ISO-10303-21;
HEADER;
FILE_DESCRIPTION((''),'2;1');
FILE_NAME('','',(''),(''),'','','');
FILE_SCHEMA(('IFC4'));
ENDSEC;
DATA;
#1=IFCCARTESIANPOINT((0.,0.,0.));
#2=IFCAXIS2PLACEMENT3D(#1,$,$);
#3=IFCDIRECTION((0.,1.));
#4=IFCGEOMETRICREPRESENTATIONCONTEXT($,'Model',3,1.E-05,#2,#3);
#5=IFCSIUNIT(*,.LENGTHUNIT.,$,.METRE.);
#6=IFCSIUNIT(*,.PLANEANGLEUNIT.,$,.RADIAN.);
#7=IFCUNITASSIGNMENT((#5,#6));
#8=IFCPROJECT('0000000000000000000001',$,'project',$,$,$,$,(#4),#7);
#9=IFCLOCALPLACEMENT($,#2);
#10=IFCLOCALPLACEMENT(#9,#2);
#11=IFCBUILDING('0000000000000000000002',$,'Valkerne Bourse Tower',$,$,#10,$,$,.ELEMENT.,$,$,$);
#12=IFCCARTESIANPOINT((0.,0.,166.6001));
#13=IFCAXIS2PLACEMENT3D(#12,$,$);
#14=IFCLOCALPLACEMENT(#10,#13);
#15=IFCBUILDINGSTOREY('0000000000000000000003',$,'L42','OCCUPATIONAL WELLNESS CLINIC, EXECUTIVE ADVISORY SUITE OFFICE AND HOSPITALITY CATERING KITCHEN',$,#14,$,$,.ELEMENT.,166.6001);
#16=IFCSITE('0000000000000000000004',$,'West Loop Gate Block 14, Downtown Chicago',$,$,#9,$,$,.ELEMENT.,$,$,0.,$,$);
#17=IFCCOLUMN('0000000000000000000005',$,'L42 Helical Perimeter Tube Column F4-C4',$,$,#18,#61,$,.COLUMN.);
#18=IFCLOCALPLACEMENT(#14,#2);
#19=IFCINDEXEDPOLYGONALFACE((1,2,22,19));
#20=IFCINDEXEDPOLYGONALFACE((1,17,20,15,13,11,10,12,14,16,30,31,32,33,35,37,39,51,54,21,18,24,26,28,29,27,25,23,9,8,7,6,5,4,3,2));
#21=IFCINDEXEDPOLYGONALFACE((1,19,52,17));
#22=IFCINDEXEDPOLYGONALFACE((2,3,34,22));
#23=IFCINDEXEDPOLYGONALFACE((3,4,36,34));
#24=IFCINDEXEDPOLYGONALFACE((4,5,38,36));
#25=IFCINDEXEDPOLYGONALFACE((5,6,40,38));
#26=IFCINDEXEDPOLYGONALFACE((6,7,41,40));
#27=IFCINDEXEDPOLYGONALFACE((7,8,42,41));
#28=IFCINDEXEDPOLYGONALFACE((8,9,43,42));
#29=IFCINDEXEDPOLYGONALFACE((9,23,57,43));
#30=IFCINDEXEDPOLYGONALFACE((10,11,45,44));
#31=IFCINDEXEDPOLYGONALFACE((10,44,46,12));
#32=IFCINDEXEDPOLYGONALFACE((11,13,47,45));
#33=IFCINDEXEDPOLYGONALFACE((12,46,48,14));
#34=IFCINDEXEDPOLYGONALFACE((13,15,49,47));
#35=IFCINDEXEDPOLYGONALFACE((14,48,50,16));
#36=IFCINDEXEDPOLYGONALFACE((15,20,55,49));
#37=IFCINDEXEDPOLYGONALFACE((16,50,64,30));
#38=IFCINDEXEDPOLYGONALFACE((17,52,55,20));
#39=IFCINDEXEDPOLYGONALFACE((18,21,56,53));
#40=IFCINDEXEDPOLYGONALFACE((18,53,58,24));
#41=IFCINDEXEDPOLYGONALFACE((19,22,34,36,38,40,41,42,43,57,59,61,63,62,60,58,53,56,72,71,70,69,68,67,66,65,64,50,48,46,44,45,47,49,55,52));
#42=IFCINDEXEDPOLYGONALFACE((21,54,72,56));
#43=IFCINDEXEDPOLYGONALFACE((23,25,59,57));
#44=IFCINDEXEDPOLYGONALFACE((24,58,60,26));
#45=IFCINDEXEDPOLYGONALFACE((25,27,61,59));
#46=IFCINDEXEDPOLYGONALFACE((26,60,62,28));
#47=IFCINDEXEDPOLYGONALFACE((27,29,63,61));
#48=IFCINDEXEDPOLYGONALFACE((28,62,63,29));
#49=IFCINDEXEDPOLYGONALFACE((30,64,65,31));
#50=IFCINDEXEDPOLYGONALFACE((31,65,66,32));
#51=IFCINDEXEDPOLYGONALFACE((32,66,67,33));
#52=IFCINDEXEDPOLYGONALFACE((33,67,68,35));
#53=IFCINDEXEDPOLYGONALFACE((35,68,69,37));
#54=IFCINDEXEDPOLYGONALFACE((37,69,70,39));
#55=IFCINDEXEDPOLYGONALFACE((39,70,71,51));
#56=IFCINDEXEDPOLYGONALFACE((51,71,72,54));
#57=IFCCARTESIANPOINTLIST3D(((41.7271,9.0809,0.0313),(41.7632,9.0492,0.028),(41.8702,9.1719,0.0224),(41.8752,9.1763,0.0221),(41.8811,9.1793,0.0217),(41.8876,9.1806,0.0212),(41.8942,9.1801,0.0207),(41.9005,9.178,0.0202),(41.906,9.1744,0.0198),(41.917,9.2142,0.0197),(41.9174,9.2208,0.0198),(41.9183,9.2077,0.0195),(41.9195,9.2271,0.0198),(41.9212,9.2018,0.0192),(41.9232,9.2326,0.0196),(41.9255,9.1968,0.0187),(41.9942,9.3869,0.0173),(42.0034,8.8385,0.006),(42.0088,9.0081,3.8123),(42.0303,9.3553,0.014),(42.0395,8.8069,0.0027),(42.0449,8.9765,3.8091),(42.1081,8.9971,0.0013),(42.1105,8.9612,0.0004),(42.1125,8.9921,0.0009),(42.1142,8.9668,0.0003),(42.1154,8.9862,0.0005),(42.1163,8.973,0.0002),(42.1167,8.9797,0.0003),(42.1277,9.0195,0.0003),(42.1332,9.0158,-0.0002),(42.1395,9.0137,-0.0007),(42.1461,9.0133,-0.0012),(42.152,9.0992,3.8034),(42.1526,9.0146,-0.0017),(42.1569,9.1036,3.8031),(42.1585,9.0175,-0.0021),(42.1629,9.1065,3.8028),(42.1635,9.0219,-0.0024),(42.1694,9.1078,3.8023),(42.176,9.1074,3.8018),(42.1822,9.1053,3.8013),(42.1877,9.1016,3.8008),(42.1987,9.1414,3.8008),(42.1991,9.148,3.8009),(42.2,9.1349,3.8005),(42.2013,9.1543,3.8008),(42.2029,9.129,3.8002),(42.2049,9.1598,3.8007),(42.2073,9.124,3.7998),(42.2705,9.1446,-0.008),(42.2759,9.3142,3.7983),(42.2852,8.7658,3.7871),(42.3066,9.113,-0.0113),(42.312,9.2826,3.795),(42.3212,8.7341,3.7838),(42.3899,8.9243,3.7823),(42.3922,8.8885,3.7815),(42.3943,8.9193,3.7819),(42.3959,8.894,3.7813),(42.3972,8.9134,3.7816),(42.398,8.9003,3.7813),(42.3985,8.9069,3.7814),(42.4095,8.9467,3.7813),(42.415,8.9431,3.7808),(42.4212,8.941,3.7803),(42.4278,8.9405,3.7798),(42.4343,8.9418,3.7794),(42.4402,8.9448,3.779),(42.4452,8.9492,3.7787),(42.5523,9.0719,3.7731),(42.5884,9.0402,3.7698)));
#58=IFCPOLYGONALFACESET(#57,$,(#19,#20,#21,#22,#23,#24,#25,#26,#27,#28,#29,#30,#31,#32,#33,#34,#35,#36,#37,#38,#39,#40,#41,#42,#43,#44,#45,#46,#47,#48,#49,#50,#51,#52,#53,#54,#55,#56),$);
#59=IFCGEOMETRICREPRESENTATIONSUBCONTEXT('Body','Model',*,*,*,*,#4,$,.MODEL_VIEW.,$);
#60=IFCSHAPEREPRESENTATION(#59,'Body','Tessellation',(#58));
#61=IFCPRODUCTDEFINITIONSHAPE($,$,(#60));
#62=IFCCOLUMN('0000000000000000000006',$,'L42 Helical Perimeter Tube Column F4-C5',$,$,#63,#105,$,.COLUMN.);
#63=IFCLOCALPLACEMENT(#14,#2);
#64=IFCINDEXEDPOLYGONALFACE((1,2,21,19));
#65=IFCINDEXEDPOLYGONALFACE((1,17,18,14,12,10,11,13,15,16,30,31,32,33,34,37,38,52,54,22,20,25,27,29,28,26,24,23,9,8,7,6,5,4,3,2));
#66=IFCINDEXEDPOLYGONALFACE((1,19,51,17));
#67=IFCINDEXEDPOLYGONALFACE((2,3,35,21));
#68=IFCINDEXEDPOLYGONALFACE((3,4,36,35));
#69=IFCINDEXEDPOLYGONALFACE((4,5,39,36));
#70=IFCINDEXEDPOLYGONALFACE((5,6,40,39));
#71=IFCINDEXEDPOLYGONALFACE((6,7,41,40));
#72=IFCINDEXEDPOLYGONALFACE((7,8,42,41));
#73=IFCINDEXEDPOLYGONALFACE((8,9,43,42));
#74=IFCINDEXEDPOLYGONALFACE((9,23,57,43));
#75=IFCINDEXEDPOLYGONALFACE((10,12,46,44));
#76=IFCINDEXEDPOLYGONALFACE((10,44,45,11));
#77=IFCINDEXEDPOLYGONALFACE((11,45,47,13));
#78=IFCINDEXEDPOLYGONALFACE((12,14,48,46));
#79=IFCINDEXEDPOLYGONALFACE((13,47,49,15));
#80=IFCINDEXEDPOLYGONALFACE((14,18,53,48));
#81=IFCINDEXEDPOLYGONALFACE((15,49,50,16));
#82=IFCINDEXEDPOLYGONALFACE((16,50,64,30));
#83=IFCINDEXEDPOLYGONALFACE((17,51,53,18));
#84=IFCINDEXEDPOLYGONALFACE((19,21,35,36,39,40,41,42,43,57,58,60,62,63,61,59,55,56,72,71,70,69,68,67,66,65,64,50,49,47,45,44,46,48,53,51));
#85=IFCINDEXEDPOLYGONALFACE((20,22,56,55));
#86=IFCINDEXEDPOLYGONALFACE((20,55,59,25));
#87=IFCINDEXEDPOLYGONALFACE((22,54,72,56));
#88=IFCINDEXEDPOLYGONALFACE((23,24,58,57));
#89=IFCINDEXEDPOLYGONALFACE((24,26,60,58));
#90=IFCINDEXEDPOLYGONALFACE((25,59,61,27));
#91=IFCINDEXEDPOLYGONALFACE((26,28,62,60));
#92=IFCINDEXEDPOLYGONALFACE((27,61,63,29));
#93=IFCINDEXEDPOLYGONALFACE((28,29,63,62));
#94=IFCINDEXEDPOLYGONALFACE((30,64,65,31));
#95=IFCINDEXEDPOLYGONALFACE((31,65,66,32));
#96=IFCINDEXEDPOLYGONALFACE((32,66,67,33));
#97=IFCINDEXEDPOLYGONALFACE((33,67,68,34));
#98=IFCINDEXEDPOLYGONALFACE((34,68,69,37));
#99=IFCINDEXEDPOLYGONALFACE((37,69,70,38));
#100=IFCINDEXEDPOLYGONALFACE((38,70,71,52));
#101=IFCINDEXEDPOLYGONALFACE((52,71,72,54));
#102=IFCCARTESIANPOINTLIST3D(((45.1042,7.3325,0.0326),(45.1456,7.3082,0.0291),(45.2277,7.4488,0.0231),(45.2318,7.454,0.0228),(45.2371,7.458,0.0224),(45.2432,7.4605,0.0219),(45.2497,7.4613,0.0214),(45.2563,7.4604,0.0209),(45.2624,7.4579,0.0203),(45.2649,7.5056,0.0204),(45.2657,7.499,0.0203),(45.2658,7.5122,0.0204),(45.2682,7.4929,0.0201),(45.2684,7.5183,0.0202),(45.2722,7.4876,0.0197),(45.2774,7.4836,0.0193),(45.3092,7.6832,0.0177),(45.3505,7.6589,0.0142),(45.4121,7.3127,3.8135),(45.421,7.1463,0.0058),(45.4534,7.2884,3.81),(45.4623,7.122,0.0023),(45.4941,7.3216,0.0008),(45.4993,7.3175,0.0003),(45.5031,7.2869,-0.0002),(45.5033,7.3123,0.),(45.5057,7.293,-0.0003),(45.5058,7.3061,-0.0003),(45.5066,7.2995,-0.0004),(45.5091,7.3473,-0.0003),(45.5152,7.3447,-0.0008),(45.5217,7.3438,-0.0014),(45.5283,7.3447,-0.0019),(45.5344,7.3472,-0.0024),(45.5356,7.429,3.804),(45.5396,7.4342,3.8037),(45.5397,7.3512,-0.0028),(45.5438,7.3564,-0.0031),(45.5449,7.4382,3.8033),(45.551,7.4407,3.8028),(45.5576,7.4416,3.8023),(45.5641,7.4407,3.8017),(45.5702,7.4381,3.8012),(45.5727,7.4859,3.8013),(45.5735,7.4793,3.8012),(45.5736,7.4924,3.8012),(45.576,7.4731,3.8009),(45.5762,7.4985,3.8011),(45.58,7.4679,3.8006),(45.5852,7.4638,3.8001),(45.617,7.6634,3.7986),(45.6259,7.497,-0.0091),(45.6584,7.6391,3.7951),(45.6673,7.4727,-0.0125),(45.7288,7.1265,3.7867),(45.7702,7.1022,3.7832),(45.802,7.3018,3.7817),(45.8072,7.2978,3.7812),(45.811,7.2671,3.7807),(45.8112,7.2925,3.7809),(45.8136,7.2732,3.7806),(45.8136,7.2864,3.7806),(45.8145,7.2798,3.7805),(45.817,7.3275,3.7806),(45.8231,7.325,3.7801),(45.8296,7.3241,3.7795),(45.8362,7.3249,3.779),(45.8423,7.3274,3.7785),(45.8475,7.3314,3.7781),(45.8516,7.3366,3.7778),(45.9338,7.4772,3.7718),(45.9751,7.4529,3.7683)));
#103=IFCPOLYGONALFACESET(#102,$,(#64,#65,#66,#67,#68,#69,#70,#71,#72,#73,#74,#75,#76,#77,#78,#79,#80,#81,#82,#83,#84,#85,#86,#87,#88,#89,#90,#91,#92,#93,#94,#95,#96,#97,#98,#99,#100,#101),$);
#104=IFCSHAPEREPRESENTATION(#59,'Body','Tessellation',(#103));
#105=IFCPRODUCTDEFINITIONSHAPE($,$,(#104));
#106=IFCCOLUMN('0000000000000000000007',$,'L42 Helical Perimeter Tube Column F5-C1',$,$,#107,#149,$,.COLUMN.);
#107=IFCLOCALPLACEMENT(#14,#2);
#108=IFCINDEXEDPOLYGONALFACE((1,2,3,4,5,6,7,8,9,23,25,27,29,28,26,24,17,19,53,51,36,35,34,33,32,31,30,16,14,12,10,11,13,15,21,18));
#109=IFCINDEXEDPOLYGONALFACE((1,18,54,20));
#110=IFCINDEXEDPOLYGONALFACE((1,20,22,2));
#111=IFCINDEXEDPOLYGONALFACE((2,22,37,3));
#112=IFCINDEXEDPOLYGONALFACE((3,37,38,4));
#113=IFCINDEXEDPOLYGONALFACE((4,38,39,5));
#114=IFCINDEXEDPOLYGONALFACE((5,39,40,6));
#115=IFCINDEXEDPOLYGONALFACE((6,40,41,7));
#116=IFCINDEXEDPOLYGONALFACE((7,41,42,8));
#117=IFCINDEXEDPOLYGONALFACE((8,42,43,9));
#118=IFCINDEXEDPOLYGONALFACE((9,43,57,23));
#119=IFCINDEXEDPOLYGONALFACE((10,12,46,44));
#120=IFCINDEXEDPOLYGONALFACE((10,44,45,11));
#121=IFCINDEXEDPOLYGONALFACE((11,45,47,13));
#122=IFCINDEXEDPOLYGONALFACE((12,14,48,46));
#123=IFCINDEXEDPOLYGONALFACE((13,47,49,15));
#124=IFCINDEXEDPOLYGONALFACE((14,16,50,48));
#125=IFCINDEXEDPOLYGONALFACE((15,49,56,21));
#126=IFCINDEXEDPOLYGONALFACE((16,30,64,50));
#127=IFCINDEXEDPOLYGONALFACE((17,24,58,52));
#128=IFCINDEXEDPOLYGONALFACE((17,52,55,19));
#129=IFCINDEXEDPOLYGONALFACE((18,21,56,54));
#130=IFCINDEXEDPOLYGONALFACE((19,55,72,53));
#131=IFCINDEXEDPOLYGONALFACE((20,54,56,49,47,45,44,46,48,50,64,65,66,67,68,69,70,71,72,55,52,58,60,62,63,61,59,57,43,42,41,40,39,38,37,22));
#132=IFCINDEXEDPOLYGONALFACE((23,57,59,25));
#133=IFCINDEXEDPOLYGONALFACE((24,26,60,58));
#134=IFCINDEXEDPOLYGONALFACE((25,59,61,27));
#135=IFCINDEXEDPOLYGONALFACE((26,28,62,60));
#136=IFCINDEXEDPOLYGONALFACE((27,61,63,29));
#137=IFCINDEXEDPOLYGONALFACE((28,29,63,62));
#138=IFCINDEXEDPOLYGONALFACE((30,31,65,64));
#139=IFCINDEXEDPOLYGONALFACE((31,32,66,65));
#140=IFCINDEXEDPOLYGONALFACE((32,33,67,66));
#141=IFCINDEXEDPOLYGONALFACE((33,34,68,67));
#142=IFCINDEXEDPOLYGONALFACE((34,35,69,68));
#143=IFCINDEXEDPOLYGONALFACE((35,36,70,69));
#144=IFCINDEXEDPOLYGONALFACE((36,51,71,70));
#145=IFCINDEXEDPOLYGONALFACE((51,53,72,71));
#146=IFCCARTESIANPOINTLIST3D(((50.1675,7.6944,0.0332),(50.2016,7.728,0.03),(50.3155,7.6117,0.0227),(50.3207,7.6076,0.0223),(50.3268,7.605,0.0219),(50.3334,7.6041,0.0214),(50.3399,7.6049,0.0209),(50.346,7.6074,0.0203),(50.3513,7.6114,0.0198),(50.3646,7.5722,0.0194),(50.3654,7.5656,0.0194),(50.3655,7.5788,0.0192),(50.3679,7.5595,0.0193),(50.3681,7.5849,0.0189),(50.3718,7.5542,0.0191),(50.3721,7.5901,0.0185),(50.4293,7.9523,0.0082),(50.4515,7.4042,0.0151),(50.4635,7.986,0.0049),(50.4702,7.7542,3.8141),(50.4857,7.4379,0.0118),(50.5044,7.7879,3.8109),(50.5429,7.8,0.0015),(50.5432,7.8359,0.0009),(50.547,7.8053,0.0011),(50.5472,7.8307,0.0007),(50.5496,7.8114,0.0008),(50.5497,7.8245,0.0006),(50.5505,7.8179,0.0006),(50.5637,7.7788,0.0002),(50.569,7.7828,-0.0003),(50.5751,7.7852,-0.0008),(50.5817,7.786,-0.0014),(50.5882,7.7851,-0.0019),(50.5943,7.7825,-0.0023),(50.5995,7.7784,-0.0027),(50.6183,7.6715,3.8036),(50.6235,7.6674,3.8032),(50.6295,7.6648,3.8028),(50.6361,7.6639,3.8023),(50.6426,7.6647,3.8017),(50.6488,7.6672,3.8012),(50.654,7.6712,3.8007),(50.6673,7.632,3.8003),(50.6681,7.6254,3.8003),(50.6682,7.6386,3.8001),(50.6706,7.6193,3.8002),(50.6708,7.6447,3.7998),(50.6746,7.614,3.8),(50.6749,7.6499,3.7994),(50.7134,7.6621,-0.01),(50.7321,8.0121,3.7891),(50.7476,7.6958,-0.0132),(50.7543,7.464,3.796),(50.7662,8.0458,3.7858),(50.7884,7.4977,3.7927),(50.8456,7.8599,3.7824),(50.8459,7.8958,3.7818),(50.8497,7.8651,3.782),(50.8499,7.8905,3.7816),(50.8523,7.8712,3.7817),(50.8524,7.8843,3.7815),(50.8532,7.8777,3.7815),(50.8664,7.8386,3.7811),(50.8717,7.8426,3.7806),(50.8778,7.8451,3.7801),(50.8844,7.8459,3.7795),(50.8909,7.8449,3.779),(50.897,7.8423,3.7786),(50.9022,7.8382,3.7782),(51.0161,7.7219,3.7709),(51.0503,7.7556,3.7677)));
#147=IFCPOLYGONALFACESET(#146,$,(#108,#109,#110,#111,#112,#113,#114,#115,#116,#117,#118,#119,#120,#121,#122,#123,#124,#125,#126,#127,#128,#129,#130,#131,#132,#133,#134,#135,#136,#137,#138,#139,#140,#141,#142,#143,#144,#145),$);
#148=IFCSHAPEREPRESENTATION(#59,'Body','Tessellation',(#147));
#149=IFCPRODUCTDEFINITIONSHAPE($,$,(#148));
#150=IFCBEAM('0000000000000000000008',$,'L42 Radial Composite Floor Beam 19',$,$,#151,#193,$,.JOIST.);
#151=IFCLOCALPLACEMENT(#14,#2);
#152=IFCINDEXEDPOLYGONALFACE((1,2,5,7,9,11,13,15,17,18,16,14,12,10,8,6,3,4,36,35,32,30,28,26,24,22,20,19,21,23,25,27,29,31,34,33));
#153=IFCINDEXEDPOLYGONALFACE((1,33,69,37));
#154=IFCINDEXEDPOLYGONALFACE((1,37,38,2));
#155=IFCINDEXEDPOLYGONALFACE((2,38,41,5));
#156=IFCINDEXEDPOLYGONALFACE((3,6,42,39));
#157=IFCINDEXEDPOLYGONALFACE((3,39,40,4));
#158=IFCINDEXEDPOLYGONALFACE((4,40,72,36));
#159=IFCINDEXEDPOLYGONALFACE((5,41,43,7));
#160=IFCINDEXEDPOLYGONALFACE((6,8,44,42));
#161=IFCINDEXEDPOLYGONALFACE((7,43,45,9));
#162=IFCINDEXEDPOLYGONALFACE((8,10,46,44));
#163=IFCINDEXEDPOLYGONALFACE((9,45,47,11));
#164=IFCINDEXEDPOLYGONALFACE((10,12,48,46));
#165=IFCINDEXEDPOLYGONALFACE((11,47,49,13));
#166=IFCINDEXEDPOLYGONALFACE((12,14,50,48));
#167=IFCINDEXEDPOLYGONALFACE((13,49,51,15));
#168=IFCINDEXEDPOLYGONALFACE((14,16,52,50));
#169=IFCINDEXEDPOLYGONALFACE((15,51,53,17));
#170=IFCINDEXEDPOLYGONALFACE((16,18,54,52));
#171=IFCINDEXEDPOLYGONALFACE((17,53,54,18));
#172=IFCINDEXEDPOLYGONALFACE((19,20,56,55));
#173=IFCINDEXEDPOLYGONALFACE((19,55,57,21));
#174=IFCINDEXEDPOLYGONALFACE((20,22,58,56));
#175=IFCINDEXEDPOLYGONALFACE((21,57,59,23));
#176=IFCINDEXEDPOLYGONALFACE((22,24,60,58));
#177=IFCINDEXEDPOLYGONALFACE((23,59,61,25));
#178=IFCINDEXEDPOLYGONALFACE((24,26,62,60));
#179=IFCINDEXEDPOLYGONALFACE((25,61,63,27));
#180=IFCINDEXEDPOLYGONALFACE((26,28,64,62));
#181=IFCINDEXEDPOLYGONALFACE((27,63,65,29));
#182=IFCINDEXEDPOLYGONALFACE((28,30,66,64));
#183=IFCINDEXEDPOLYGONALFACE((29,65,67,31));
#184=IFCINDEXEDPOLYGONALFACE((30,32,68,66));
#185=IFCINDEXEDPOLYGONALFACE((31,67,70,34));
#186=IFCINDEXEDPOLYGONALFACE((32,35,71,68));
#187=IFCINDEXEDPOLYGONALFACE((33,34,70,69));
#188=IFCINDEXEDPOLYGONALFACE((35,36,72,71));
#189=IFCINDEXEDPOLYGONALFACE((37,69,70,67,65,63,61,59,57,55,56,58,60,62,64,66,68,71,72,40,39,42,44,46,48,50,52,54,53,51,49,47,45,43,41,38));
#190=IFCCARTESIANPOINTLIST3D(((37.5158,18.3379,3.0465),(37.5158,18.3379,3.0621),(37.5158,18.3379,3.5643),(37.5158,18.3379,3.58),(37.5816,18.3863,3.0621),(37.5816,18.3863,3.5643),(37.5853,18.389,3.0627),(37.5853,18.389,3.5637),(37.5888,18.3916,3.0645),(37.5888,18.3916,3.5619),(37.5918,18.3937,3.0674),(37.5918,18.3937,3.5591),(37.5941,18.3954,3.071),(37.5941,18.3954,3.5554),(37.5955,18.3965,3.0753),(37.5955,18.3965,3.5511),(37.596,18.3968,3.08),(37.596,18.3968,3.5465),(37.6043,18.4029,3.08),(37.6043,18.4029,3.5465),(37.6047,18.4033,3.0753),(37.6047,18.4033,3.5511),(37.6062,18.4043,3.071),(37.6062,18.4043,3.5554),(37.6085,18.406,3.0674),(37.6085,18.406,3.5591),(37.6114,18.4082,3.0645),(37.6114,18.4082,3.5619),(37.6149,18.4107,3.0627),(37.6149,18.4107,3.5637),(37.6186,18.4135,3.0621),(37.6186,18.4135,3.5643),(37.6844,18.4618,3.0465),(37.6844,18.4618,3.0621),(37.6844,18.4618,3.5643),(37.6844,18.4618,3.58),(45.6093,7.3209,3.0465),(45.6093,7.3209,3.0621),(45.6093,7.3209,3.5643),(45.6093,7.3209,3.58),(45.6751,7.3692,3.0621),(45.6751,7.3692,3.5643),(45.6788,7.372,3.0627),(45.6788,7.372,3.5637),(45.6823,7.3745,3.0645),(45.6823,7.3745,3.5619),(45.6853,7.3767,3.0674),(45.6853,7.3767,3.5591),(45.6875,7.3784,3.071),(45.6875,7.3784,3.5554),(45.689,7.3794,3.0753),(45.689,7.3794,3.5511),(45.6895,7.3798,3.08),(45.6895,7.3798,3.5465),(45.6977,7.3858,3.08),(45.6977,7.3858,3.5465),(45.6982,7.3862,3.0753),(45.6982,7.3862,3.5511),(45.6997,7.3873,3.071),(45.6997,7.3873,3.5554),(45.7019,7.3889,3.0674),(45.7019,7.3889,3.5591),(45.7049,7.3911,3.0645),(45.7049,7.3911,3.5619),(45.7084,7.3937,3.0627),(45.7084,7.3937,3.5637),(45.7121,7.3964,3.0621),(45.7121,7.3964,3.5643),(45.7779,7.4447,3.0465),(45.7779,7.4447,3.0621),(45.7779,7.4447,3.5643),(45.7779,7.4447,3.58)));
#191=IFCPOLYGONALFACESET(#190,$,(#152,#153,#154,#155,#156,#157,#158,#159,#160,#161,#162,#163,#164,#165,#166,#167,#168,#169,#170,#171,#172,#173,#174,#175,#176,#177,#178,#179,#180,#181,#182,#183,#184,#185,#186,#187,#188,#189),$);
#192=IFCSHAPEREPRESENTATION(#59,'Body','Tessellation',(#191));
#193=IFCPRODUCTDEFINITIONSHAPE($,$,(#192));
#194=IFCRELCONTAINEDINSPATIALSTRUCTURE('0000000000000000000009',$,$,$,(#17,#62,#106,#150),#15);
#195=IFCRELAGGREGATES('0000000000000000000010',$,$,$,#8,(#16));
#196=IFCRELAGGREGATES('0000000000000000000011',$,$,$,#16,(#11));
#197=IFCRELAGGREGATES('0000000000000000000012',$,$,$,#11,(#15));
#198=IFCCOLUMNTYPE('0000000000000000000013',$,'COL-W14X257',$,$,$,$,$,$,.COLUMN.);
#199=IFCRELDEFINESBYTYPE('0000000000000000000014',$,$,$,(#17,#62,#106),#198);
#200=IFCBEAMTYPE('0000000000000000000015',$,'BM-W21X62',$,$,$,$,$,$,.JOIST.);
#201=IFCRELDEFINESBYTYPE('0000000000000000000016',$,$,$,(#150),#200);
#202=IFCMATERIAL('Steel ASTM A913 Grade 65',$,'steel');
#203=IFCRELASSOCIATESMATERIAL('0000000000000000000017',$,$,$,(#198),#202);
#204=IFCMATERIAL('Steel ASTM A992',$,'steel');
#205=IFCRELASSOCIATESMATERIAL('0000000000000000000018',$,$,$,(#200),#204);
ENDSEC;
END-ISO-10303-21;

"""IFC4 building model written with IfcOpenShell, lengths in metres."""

from ifc_helpers import new_model, si_unit, direction, frame, origin, origin_2d, place, context, subcontext, project, spatial, i_section, extrude, material, material_profile, profile_set, type_object, element, save


model = new_model("IFC4")

# Units and contexts
model_context = context("Model", 3, precision=1e-05, world=origin(), true_north=direction((0.0, 1.0)))
body_context = subcontext(model_context, "Body", "Model", "MODEL_VIEW")
ifc_project = project(units=[si_unit("LENGTHUNIT", "METRE"), si_unit("PLANEANGLEUNIT", "RADIAN")], contexts=[model_context])

# Site, building, storey
site_placement = place(None, origin())
site = spatial("IfcSite", under=ifc_project, at=site_placement, Name="West Loop Gate Block 14, Downtown Chicago", CompositionType="ELEMENT", RefElevation=0.0)
building_placement = place(site_placement, origin())
building = spatial("IfcBuilding", under=site, at=building_placement, Name="Valkerne Bourse Tower", CompositionType="ELEMENT")
storey_placement = place(building_placement, frame((0.0, 0.0, 166.6001)))
storey = spatial("IfcBuildingStorey", under=building, at=storey_placement, Name="L42", Description="OCCUPATIONAL WELLNESS CLINIC, EXECUTIVE ADVISORY SUITE OFFICE AND HOSPITALITY CATERING KITCHEN", CompositionType="ELEMENT", Elevation=166.6001)

# Columns
ifc_material_1 = material(Name="Steel ASTM A913 Grade 65", Category="steel")
ifc_material_profile_1 = material_profile(ifc_material_1, i_section(OverallWidth=0.4065, OverallDepth=0.4165, WebThickness=0.0298, FlangeThickness=0.0481, FilletRadius=0.0254, at=origin_2d()), Name="W14X257")
ifc_profile_set_1 = profile_set([ifc_material_profile_1], Name="Steel ASTM A913 Grade 65")
column_type = type_object("IfcColumnType", Name="COL-W14X257", PredefinedType="COLUMN", material=ifc_profile_set_1)
column_placement = place(storey_placement, frame((42.0168, 9.0969, 0.01), z_axis=(0.074294, -0.019185, 0.997052), x_axis=(0.657135, 0.752984, -0.034477)))
element("IfcColumn", 1, at=column_placement, inside=storey, type_object=column_type, Name="L42 Helical Perimeter Tube Column F4-C4", PredefinedType="COLUMN", context=body_context, shape_type="SweptSolid", body=[
    extrude(i_section(OverallWidth=0.4065, OverallDepth=0.4165, WebThickness=0.0298, FlangeThickness=0.0481, FilletRadius=0.0254, at=origin_2d()), origin(), (0.0, 0.0, 1.0), 3.7922),
])
for number, where, z_axis, x_axis, name in (
    (2, (45.3857, 7.4026, 0.01), (0.081153, -0.005213, 0.996688), (0.504177, 0.862827, -0.036539), "L42 Helical Perimeter Tube Column F4-C5"),
    (3, (50.4575, 7.6951, 0.01), (0.079802, 0.015767, 0.996686), (-0.698833, 0.71389, 0.04466), "L42 Helical Perimeter Tube Column F5-C1"),
):
    element("IfcColumn", number, at=place(storey_placement, frame(where, z_axis=z_axis, x_axis=x_axis)), inside=storey, type_object=column_type, Name=name, PredefinedType="COLUMN", context=body_context, shape_type="SweptSolid", body=[
        extrude(i_section(OverallWidth=0.4065, OverallDepth=0.4165, WebThickness=0.0298, FlangeThickness=0.0481, FilletRadius=0.0254, at=origin_2d()), origin(), (0.0, 0.0, 1.0), 3.7935),
    ])

# Beam
ifc_material_2 = material(Name="Steel ASTM A992", Category="steel")
ifc_material_profile_2 = material_profile(ifc_material_2, i_section(OverallWidth=0.2092, OverallDepth=0.5334, WebThickness=0.0103, FlangeThickness=0.0156, FilletRadius=0.0178, at=origin_2d()), Name="W21X62")
ifc_profile_set_2 = profile_set([ifc_material_profile_2], Name="Steel ASTM A992")
beam_type_1 = type_object("IfcBeamType", Name="BM-W21X62", PredefinedType="JOIST", material=ifc_profile_set_2)
beam_1_placement = place(storey_placement, frame((45.6936, 7.3828, 3.3132), z_axis=(-0.592044, 0.805906, 0.0), x_axis=(-0.805906, -0.592044, 0.0)))
element("IfcBeam", 4, at=beam_1_placement, inside=storey, type_object=beam_type_1, Name="L42 Radial Composite Floor Beam 19", PredefinedType="JOIST", context=body_context, shape_type="SweptSolid", body=[
    extrude(i_section(OverallWidth=0.2092, OverallDepth=0.5334, WebThickness=0.0103, FlangeThickness=0.0156, FilletRadius=0.0178, at=origin_2d()), origin(), (0.0, 0.0, 1.0), 13.6704),
])

save(model, "model.ifc")
